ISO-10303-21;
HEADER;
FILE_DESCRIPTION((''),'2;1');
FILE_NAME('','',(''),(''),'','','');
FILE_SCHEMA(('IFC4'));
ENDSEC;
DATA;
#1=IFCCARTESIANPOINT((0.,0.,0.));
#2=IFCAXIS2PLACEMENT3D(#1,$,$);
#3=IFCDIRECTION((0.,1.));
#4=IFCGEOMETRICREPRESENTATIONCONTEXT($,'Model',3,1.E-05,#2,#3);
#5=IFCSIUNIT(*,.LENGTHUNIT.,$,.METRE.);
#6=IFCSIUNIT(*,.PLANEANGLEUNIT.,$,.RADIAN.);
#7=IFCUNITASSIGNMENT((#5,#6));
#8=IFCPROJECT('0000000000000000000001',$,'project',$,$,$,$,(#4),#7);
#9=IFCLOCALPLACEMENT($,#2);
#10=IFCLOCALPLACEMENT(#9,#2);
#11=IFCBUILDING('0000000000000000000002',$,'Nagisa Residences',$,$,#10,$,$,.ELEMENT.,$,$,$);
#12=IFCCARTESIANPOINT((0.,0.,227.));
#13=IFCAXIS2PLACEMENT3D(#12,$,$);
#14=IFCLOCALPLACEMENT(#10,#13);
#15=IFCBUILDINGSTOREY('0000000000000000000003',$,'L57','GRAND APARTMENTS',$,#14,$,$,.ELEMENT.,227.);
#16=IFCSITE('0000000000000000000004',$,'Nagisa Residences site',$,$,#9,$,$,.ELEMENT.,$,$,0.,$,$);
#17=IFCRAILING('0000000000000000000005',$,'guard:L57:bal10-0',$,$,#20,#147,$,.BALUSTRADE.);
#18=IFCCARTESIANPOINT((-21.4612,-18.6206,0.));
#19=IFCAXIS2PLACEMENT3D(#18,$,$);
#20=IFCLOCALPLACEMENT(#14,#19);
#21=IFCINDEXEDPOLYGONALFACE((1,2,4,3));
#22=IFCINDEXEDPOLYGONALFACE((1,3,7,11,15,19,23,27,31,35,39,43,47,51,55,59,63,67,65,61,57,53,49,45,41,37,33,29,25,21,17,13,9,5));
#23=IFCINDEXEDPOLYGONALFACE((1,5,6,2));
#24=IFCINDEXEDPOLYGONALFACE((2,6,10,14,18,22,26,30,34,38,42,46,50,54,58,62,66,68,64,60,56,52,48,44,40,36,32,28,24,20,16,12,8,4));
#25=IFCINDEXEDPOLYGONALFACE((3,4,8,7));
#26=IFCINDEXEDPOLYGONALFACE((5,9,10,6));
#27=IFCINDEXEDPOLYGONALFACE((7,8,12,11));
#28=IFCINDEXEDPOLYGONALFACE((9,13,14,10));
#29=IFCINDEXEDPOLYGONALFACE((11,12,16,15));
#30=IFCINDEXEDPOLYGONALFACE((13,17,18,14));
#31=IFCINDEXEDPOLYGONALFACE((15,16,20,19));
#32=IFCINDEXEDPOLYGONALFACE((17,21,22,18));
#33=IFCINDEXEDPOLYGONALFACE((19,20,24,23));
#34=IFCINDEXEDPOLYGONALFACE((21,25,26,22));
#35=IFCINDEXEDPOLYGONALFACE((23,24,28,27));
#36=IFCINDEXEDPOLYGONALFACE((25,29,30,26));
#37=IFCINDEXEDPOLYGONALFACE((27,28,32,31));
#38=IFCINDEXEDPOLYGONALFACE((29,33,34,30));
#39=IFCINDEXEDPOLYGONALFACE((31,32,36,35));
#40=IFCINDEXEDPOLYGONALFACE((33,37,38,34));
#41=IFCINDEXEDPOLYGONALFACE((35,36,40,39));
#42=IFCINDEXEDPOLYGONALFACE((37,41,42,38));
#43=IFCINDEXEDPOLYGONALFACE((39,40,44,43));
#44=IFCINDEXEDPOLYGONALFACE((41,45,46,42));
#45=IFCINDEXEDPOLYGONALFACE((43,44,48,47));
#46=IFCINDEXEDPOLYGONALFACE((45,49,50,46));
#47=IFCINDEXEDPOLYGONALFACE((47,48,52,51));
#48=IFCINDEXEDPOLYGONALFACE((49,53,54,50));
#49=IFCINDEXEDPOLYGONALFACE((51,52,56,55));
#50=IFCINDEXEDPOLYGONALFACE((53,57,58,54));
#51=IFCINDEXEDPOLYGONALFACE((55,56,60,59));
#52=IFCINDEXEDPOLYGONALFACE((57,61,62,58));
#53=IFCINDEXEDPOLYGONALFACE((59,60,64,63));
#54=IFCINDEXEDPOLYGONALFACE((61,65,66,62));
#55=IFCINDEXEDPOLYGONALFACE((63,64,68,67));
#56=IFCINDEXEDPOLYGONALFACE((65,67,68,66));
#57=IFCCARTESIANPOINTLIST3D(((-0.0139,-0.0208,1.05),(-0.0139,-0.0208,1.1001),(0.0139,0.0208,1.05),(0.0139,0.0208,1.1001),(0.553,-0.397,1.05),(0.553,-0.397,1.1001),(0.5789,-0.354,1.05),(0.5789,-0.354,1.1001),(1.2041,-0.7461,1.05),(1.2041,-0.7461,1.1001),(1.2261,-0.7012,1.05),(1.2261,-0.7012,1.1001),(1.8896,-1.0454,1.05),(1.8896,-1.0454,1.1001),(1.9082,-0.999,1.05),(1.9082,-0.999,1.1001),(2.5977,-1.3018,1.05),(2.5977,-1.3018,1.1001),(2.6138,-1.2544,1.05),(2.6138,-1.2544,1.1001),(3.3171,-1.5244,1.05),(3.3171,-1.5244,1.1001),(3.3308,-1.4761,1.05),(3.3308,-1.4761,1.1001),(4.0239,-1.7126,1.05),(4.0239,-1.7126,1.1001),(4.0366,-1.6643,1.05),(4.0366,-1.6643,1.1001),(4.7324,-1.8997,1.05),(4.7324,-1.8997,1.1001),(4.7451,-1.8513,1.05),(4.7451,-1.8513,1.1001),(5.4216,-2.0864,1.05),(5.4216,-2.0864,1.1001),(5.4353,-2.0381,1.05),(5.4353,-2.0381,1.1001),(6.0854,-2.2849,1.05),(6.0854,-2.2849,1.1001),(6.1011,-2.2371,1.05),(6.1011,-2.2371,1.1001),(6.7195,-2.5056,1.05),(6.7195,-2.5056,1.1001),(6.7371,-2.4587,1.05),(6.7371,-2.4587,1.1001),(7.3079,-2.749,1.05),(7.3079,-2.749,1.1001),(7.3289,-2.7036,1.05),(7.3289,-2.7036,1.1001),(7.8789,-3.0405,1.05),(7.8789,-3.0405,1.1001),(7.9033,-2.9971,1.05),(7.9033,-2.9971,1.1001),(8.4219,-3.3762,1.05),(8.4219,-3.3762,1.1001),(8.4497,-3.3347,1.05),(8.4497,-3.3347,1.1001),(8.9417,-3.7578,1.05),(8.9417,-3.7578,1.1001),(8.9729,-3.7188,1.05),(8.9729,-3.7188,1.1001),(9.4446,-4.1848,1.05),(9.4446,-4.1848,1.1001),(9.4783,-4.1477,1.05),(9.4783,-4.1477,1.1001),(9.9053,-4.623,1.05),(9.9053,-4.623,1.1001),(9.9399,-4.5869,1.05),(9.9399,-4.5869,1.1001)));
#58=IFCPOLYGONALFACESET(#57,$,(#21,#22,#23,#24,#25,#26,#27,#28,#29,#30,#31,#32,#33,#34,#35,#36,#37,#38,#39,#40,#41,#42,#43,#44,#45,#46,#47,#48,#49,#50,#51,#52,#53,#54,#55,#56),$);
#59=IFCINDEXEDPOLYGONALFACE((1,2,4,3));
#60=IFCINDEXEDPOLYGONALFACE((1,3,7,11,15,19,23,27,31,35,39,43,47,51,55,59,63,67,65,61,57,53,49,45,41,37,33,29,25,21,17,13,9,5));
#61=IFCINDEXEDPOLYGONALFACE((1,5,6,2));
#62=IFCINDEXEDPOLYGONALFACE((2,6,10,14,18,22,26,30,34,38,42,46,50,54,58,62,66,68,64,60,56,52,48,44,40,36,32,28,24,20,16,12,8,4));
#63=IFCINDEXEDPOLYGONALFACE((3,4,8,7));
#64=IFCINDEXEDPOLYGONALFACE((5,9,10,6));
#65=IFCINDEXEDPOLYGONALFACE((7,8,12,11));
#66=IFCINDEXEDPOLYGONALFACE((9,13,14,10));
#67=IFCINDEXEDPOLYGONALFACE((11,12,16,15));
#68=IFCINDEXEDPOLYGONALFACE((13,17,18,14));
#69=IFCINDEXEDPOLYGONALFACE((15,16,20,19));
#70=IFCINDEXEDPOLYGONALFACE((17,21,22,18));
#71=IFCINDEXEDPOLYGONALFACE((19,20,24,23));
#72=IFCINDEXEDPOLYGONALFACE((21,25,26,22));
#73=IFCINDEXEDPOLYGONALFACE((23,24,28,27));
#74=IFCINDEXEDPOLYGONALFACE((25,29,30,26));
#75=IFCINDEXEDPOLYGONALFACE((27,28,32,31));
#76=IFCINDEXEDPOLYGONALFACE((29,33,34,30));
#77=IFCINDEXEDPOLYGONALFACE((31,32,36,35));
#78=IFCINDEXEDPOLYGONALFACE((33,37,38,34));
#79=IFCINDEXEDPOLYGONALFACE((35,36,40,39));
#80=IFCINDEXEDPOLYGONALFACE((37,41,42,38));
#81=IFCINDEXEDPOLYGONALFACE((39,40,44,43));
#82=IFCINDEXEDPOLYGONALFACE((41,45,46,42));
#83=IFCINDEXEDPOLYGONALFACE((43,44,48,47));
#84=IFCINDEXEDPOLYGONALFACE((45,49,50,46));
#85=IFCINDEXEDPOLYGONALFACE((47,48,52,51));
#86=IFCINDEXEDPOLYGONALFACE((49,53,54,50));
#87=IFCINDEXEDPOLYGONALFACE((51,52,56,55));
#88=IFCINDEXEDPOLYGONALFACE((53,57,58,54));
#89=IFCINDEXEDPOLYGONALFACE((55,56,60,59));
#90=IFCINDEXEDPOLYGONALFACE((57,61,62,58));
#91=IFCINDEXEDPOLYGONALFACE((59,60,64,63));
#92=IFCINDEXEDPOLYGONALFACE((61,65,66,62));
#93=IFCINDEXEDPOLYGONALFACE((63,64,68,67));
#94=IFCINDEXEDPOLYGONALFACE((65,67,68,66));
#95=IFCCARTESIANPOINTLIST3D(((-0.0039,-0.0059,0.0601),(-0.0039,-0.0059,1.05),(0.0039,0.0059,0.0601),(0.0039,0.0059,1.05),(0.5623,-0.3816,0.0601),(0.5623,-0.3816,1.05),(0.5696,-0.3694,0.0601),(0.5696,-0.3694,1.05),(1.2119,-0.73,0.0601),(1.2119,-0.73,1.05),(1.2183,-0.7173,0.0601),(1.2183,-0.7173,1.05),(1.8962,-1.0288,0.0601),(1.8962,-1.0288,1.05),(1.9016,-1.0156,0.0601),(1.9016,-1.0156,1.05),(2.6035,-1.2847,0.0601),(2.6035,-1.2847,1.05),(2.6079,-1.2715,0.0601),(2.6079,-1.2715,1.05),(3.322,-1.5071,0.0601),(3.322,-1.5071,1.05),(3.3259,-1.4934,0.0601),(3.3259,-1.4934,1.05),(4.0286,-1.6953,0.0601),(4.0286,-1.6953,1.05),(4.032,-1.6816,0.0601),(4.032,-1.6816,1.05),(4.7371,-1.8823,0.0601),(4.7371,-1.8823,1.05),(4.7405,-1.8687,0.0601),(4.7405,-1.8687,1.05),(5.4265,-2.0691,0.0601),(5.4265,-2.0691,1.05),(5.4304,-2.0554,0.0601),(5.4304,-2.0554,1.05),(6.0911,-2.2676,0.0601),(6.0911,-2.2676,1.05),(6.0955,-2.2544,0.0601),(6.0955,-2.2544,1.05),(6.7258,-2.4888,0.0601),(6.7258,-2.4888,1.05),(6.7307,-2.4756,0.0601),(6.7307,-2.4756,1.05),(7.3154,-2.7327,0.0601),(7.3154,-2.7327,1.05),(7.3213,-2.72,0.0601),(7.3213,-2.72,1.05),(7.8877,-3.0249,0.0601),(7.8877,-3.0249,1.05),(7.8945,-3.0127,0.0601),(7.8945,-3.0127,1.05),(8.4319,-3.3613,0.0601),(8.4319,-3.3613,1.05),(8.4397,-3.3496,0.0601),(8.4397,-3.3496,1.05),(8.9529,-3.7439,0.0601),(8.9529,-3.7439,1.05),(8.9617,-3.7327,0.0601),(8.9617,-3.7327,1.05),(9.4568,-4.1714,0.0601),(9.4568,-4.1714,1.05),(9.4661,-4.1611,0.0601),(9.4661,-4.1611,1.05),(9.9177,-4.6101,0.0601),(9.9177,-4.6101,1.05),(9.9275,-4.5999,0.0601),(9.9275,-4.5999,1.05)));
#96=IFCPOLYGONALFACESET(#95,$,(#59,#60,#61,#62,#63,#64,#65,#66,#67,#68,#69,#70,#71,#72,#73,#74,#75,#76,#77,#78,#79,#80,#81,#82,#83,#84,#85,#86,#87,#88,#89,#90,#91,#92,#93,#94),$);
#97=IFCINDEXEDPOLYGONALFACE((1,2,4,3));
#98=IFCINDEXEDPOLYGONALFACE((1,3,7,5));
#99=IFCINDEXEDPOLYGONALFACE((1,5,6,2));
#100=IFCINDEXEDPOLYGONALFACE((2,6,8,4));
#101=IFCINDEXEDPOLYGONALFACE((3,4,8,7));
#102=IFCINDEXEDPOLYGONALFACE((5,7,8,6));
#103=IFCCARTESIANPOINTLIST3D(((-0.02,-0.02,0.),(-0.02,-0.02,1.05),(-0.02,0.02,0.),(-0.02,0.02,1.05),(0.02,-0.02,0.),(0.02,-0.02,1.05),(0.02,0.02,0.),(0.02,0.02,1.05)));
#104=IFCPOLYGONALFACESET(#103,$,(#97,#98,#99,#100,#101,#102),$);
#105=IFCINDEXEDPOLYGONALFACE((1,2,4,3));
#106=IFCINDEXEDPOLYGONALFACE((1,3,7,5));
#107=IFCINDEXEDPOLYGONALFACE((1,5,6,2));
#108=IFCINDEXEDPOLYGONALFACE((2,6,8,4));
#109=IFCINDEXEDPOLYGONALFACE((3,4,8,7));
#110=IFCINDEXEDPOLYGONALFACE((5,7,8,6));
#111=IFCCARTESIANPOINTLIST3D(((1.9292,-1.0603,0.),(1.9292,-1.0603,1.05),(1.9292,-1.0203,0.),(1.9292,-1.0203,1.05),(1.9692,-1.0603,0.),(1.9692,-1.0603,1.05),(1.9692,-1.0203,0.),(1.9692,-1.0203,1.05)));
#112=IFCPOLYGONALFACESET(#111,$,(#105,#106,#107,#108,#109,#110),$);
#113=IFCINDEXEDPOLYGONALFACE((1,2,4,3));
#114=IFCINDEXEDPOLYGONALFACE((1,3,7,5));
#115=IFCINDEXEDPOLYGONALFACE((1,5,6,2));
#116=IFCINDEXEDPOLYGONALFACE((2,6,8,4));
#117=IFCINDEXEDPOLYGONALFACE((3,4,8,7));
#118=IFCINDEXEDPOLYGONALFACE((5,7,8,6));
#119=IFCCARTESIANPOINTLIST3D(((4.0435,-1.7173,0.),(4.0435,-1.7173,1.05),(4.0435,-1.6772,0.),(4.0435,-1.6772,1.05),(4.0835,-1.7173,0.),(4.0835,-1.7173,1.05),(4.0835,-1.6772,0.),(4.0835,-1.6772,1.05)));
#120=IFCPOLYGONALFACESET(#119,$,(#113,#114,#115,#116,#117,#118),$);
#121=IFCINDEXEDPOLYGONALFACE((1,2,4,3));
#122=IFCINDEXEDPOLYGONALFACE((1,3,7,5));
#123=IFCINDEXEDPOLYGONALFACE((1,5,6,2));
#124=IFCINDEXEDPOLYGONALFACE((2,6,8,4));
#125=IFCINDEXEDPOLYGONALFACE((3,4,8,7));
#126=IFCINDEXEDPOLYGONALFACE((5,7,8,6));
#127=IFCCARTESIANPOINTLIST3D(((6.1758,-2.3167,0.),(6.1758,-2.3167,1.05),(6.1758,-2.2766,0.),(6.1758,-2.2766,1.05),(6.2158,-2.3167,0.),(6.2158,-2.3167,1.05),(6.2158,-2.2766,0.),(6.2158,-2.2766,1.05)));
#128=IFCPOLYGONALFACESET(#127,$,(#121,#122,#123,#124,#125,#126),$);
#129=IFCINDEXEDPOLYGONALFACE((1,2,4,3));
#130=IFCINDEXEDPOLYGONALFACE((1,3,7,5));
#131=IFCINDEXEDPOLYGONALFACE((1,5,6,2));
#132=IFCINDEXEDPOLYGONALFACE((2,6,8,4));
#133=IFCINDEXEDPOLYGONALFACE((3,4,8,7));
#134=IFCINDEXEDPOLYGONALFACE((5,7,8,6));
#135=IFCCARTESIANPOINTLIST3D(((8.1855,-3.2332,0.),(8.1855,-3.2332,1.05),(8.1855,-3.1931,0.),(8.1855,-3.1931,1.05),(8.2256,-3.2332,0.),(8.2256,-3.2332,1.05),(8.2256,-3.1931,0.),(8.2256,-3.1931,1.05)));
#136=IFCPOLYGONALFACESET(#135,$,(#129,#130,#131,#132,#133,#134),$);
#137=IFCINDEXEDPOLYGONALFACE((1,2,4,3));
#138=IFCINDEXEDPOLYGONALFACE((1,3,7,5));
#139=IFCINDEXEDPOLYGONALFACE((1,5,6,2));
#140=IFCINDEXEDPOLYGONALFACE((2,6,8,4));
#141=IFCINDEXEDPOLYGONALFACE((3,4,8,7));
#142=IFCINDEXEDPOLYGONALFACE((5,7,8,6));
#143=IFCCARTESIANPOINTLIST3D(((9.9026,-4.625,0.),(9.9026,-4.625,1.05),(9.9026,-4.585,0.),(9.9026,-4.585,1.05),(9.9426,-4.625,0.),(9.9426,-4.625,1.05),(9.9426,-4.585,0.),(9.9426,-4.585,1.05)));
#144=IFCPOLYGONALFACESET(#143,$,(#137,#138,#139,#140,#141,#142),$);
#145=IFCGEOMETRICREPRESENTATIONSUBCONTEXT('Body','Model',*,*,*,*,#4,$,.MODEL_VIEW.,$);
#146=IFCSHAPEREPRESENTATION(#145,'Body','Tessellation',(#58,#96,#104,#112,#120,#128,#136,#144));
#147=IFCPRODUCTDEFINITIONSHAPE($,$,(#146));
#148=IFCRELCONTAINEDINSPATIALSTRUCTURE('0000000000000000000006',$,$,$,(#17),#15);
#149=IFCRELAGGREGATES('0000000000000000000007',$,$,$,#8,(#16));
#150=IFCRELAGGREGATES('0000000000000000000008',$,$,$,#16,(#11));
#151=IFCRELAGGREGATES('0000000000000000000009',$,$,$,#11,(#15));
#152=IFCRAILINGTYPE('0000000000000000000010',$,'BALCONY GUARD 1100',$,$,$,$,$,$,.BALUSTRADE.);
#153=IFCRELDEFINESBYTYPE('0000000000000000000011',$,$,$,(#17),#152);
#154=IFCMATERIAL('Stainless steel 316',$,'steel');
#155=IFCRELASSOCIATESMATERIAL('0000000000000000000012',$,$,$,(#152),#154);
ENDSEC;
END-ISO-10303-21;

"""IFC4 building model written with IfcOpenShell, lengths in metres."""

from ifc_helpers import new_model, si_unit, direction, frame, origin, origin_2d, place, context, subcontext, project, spatial, polyline, rectangle, outline, extrude, material, type_object, element, save


model = new_model("IFC4")

# Units and contexts
model_context = context("Model", 3, precision=1e-05, world=origin(), true_north=direction((0.0, 1.0)))
body_context = subcontext(model_context, "Body", "Model", "MODEL_VIEW")
ifc_project = project(units=[si_unit("LENGTHUNIT", "METRE"), si_unit("PLANEANGLEUNIT", "RADIAN")], contexts=[model_context])

# Site, building, storey
site_placement = place(None, origin())
site = spatial("IfcSite", under=ifc_project, at=site_placement, Name="Nagisa Residences site", CompositionType="ELEMENT", RefElevation=0.0)
building_placement = place(site_placement, origin())
building = spatial("IfcBuilding", under=site, at=building_placement, Name="Nagisa Residences", CompositionType="ELEMENT")
storey_placement = place(building_placement, frame((0.0, 0.0, 227.0)))
storey = spatial("IfcBuildingStorey", under=building, at=storey_placement, Name="L57", Description="GRAND APARTMENTS", CompositionType="ELEMENT", Elevation=227.0)

# Railing
ifc_material_1 = material(Name="Stainless steel 316", Category="steel")
railing_type = type_object("IfcRailingType", Name="BALCONY GUARD 1100", PredefinedType="BALUSTRADE", material=ifc_material_1)
railing_1_placement = place(storey_placement, frame((-21.4612, -18.6206, 0.0)))
element("IfcRailing", 1, at=railing_1_placement, inside=storey, type_object=railing_type, Name="guard:L57:bal10-0", PredefinedType="BALUSTRADE", context=body_context, shape_type="SweptSolid", body=[
    extrude(outline(polyline([(0.5789, -0.354), (0.0139, 0.0208), (-0.0139, -0.0208), (0.553, -0.397), (1.2041, -0.7461), (1.8896, -1.0454), (2.5977, -1.3018), (3.3171, -1.5244), (4.0239, -1.7126), (4.7324, -1.8997), (5.4216, -2.0864), (6.0854, -2.2849), (6.7195, -2.5056), (7.3079, -2.749), (7.8789, -3.0405), (8.4219, -3.3762), (8.9417, -3.7578), (9.4446, -4.1848), (9.9053, -4.623), (9.9399, -4.5869), (9.4783, -4.1477), (8.9729, -3.7188), (8.4497, -3.3347), (7.9033, -2.9971), (7.3289, -2.7036), (6.7371, -2.4587), (6.1011, -2.2371), (5.4353, -2.0381), (4.7451, -1.8513), (4.0366, -1.6643), (3.3308, -1.4761), (2.6138, -1.2544), (1.9082, -0.999), (1.2261, -0.7012), (0.5789, -0.354)])), frame((0.0, 0.0, 1.05)), (0.0, 0.0, 1.0), 0.05),
    extrude(outline(polyline([(0.5696, -0.3694), (0.0039, 0.0059), (-0.0039, -0.0059), (0.5623, -0.3816), (1.2119, -0.73), (1.8962, -1.0288), (2.6035, -1.2847), (3.322, -1.5071), (4.0286, -1.6953), (4.7371, -1.8823), (5.4265, -2.0691), (6.0911, -2.2676), (6.7258, -2.4888), (7.3154, -2.7327), (7.8877, -3.0249), (8.4319, -3.3613), (8.9529, -3.7439), (9.4568, -4.1714), (9.9177, -4.6101), (9.9275, -4.5999), (9.4661, -4.1611), (8.9617, -3.7327), (8.4397, -3.3496), (7.8945, -3.0127), (7.3213, -2.72), (6.7307, -2.4756), (6.0955, -2.2544), (5.4304, -2.0554), (4.7405, -1.8687), (4.032, -1.6816), (3.3259, -1.4934), (2.6079, -1.2715), (1.9016, -1.0156), (1.2183, -0.7173), (0.5696, -0.3694)])), frame((0.0, 0.0, 0.0601)), (0.0, 0.0, 1.0), 0.99),
    extrude(rectangle(XDim=0.04, YDim=0.04, at=origin_2d()), origin(), (0.0, 0.0, 1.0), 1.05),
    extrude(rectangle(XDim=0.04, YDim=0.04, at=origin_2d()), frame((1.9492, -1.0403, 0.0)), (0.0, 0.0, 1.0), 1.05),
    extrude(rectangle(XDim=0.04, YDim=0.04, at=origin_2d()), frame((4.0635, -1.6973, 0.0)), (0.0, 0.0, 1.0), 1.05),
    extrude(rectangle(XDim=0.04, YDim=0.04, at=origin_2d()), frame((6.1958, -2.2966, 0.0)), (0.0, 0.0, 1.0), 1.05),
    extrude(rectangle(XDim=0.04, YDim=0.04, at=origin_2d()), frame((8.2056, -3.2131, 0.0)), (0.0, 0.0, 1.0), 1.05),
    extrude(rectangle(XDim=0.04, YDim=0.04, at=origin_2d()), frame((9.9226, -4.605, 0.0)), (0.0, 0.0, 1.0), 1.05),
])

save(model, "model.ifc")
